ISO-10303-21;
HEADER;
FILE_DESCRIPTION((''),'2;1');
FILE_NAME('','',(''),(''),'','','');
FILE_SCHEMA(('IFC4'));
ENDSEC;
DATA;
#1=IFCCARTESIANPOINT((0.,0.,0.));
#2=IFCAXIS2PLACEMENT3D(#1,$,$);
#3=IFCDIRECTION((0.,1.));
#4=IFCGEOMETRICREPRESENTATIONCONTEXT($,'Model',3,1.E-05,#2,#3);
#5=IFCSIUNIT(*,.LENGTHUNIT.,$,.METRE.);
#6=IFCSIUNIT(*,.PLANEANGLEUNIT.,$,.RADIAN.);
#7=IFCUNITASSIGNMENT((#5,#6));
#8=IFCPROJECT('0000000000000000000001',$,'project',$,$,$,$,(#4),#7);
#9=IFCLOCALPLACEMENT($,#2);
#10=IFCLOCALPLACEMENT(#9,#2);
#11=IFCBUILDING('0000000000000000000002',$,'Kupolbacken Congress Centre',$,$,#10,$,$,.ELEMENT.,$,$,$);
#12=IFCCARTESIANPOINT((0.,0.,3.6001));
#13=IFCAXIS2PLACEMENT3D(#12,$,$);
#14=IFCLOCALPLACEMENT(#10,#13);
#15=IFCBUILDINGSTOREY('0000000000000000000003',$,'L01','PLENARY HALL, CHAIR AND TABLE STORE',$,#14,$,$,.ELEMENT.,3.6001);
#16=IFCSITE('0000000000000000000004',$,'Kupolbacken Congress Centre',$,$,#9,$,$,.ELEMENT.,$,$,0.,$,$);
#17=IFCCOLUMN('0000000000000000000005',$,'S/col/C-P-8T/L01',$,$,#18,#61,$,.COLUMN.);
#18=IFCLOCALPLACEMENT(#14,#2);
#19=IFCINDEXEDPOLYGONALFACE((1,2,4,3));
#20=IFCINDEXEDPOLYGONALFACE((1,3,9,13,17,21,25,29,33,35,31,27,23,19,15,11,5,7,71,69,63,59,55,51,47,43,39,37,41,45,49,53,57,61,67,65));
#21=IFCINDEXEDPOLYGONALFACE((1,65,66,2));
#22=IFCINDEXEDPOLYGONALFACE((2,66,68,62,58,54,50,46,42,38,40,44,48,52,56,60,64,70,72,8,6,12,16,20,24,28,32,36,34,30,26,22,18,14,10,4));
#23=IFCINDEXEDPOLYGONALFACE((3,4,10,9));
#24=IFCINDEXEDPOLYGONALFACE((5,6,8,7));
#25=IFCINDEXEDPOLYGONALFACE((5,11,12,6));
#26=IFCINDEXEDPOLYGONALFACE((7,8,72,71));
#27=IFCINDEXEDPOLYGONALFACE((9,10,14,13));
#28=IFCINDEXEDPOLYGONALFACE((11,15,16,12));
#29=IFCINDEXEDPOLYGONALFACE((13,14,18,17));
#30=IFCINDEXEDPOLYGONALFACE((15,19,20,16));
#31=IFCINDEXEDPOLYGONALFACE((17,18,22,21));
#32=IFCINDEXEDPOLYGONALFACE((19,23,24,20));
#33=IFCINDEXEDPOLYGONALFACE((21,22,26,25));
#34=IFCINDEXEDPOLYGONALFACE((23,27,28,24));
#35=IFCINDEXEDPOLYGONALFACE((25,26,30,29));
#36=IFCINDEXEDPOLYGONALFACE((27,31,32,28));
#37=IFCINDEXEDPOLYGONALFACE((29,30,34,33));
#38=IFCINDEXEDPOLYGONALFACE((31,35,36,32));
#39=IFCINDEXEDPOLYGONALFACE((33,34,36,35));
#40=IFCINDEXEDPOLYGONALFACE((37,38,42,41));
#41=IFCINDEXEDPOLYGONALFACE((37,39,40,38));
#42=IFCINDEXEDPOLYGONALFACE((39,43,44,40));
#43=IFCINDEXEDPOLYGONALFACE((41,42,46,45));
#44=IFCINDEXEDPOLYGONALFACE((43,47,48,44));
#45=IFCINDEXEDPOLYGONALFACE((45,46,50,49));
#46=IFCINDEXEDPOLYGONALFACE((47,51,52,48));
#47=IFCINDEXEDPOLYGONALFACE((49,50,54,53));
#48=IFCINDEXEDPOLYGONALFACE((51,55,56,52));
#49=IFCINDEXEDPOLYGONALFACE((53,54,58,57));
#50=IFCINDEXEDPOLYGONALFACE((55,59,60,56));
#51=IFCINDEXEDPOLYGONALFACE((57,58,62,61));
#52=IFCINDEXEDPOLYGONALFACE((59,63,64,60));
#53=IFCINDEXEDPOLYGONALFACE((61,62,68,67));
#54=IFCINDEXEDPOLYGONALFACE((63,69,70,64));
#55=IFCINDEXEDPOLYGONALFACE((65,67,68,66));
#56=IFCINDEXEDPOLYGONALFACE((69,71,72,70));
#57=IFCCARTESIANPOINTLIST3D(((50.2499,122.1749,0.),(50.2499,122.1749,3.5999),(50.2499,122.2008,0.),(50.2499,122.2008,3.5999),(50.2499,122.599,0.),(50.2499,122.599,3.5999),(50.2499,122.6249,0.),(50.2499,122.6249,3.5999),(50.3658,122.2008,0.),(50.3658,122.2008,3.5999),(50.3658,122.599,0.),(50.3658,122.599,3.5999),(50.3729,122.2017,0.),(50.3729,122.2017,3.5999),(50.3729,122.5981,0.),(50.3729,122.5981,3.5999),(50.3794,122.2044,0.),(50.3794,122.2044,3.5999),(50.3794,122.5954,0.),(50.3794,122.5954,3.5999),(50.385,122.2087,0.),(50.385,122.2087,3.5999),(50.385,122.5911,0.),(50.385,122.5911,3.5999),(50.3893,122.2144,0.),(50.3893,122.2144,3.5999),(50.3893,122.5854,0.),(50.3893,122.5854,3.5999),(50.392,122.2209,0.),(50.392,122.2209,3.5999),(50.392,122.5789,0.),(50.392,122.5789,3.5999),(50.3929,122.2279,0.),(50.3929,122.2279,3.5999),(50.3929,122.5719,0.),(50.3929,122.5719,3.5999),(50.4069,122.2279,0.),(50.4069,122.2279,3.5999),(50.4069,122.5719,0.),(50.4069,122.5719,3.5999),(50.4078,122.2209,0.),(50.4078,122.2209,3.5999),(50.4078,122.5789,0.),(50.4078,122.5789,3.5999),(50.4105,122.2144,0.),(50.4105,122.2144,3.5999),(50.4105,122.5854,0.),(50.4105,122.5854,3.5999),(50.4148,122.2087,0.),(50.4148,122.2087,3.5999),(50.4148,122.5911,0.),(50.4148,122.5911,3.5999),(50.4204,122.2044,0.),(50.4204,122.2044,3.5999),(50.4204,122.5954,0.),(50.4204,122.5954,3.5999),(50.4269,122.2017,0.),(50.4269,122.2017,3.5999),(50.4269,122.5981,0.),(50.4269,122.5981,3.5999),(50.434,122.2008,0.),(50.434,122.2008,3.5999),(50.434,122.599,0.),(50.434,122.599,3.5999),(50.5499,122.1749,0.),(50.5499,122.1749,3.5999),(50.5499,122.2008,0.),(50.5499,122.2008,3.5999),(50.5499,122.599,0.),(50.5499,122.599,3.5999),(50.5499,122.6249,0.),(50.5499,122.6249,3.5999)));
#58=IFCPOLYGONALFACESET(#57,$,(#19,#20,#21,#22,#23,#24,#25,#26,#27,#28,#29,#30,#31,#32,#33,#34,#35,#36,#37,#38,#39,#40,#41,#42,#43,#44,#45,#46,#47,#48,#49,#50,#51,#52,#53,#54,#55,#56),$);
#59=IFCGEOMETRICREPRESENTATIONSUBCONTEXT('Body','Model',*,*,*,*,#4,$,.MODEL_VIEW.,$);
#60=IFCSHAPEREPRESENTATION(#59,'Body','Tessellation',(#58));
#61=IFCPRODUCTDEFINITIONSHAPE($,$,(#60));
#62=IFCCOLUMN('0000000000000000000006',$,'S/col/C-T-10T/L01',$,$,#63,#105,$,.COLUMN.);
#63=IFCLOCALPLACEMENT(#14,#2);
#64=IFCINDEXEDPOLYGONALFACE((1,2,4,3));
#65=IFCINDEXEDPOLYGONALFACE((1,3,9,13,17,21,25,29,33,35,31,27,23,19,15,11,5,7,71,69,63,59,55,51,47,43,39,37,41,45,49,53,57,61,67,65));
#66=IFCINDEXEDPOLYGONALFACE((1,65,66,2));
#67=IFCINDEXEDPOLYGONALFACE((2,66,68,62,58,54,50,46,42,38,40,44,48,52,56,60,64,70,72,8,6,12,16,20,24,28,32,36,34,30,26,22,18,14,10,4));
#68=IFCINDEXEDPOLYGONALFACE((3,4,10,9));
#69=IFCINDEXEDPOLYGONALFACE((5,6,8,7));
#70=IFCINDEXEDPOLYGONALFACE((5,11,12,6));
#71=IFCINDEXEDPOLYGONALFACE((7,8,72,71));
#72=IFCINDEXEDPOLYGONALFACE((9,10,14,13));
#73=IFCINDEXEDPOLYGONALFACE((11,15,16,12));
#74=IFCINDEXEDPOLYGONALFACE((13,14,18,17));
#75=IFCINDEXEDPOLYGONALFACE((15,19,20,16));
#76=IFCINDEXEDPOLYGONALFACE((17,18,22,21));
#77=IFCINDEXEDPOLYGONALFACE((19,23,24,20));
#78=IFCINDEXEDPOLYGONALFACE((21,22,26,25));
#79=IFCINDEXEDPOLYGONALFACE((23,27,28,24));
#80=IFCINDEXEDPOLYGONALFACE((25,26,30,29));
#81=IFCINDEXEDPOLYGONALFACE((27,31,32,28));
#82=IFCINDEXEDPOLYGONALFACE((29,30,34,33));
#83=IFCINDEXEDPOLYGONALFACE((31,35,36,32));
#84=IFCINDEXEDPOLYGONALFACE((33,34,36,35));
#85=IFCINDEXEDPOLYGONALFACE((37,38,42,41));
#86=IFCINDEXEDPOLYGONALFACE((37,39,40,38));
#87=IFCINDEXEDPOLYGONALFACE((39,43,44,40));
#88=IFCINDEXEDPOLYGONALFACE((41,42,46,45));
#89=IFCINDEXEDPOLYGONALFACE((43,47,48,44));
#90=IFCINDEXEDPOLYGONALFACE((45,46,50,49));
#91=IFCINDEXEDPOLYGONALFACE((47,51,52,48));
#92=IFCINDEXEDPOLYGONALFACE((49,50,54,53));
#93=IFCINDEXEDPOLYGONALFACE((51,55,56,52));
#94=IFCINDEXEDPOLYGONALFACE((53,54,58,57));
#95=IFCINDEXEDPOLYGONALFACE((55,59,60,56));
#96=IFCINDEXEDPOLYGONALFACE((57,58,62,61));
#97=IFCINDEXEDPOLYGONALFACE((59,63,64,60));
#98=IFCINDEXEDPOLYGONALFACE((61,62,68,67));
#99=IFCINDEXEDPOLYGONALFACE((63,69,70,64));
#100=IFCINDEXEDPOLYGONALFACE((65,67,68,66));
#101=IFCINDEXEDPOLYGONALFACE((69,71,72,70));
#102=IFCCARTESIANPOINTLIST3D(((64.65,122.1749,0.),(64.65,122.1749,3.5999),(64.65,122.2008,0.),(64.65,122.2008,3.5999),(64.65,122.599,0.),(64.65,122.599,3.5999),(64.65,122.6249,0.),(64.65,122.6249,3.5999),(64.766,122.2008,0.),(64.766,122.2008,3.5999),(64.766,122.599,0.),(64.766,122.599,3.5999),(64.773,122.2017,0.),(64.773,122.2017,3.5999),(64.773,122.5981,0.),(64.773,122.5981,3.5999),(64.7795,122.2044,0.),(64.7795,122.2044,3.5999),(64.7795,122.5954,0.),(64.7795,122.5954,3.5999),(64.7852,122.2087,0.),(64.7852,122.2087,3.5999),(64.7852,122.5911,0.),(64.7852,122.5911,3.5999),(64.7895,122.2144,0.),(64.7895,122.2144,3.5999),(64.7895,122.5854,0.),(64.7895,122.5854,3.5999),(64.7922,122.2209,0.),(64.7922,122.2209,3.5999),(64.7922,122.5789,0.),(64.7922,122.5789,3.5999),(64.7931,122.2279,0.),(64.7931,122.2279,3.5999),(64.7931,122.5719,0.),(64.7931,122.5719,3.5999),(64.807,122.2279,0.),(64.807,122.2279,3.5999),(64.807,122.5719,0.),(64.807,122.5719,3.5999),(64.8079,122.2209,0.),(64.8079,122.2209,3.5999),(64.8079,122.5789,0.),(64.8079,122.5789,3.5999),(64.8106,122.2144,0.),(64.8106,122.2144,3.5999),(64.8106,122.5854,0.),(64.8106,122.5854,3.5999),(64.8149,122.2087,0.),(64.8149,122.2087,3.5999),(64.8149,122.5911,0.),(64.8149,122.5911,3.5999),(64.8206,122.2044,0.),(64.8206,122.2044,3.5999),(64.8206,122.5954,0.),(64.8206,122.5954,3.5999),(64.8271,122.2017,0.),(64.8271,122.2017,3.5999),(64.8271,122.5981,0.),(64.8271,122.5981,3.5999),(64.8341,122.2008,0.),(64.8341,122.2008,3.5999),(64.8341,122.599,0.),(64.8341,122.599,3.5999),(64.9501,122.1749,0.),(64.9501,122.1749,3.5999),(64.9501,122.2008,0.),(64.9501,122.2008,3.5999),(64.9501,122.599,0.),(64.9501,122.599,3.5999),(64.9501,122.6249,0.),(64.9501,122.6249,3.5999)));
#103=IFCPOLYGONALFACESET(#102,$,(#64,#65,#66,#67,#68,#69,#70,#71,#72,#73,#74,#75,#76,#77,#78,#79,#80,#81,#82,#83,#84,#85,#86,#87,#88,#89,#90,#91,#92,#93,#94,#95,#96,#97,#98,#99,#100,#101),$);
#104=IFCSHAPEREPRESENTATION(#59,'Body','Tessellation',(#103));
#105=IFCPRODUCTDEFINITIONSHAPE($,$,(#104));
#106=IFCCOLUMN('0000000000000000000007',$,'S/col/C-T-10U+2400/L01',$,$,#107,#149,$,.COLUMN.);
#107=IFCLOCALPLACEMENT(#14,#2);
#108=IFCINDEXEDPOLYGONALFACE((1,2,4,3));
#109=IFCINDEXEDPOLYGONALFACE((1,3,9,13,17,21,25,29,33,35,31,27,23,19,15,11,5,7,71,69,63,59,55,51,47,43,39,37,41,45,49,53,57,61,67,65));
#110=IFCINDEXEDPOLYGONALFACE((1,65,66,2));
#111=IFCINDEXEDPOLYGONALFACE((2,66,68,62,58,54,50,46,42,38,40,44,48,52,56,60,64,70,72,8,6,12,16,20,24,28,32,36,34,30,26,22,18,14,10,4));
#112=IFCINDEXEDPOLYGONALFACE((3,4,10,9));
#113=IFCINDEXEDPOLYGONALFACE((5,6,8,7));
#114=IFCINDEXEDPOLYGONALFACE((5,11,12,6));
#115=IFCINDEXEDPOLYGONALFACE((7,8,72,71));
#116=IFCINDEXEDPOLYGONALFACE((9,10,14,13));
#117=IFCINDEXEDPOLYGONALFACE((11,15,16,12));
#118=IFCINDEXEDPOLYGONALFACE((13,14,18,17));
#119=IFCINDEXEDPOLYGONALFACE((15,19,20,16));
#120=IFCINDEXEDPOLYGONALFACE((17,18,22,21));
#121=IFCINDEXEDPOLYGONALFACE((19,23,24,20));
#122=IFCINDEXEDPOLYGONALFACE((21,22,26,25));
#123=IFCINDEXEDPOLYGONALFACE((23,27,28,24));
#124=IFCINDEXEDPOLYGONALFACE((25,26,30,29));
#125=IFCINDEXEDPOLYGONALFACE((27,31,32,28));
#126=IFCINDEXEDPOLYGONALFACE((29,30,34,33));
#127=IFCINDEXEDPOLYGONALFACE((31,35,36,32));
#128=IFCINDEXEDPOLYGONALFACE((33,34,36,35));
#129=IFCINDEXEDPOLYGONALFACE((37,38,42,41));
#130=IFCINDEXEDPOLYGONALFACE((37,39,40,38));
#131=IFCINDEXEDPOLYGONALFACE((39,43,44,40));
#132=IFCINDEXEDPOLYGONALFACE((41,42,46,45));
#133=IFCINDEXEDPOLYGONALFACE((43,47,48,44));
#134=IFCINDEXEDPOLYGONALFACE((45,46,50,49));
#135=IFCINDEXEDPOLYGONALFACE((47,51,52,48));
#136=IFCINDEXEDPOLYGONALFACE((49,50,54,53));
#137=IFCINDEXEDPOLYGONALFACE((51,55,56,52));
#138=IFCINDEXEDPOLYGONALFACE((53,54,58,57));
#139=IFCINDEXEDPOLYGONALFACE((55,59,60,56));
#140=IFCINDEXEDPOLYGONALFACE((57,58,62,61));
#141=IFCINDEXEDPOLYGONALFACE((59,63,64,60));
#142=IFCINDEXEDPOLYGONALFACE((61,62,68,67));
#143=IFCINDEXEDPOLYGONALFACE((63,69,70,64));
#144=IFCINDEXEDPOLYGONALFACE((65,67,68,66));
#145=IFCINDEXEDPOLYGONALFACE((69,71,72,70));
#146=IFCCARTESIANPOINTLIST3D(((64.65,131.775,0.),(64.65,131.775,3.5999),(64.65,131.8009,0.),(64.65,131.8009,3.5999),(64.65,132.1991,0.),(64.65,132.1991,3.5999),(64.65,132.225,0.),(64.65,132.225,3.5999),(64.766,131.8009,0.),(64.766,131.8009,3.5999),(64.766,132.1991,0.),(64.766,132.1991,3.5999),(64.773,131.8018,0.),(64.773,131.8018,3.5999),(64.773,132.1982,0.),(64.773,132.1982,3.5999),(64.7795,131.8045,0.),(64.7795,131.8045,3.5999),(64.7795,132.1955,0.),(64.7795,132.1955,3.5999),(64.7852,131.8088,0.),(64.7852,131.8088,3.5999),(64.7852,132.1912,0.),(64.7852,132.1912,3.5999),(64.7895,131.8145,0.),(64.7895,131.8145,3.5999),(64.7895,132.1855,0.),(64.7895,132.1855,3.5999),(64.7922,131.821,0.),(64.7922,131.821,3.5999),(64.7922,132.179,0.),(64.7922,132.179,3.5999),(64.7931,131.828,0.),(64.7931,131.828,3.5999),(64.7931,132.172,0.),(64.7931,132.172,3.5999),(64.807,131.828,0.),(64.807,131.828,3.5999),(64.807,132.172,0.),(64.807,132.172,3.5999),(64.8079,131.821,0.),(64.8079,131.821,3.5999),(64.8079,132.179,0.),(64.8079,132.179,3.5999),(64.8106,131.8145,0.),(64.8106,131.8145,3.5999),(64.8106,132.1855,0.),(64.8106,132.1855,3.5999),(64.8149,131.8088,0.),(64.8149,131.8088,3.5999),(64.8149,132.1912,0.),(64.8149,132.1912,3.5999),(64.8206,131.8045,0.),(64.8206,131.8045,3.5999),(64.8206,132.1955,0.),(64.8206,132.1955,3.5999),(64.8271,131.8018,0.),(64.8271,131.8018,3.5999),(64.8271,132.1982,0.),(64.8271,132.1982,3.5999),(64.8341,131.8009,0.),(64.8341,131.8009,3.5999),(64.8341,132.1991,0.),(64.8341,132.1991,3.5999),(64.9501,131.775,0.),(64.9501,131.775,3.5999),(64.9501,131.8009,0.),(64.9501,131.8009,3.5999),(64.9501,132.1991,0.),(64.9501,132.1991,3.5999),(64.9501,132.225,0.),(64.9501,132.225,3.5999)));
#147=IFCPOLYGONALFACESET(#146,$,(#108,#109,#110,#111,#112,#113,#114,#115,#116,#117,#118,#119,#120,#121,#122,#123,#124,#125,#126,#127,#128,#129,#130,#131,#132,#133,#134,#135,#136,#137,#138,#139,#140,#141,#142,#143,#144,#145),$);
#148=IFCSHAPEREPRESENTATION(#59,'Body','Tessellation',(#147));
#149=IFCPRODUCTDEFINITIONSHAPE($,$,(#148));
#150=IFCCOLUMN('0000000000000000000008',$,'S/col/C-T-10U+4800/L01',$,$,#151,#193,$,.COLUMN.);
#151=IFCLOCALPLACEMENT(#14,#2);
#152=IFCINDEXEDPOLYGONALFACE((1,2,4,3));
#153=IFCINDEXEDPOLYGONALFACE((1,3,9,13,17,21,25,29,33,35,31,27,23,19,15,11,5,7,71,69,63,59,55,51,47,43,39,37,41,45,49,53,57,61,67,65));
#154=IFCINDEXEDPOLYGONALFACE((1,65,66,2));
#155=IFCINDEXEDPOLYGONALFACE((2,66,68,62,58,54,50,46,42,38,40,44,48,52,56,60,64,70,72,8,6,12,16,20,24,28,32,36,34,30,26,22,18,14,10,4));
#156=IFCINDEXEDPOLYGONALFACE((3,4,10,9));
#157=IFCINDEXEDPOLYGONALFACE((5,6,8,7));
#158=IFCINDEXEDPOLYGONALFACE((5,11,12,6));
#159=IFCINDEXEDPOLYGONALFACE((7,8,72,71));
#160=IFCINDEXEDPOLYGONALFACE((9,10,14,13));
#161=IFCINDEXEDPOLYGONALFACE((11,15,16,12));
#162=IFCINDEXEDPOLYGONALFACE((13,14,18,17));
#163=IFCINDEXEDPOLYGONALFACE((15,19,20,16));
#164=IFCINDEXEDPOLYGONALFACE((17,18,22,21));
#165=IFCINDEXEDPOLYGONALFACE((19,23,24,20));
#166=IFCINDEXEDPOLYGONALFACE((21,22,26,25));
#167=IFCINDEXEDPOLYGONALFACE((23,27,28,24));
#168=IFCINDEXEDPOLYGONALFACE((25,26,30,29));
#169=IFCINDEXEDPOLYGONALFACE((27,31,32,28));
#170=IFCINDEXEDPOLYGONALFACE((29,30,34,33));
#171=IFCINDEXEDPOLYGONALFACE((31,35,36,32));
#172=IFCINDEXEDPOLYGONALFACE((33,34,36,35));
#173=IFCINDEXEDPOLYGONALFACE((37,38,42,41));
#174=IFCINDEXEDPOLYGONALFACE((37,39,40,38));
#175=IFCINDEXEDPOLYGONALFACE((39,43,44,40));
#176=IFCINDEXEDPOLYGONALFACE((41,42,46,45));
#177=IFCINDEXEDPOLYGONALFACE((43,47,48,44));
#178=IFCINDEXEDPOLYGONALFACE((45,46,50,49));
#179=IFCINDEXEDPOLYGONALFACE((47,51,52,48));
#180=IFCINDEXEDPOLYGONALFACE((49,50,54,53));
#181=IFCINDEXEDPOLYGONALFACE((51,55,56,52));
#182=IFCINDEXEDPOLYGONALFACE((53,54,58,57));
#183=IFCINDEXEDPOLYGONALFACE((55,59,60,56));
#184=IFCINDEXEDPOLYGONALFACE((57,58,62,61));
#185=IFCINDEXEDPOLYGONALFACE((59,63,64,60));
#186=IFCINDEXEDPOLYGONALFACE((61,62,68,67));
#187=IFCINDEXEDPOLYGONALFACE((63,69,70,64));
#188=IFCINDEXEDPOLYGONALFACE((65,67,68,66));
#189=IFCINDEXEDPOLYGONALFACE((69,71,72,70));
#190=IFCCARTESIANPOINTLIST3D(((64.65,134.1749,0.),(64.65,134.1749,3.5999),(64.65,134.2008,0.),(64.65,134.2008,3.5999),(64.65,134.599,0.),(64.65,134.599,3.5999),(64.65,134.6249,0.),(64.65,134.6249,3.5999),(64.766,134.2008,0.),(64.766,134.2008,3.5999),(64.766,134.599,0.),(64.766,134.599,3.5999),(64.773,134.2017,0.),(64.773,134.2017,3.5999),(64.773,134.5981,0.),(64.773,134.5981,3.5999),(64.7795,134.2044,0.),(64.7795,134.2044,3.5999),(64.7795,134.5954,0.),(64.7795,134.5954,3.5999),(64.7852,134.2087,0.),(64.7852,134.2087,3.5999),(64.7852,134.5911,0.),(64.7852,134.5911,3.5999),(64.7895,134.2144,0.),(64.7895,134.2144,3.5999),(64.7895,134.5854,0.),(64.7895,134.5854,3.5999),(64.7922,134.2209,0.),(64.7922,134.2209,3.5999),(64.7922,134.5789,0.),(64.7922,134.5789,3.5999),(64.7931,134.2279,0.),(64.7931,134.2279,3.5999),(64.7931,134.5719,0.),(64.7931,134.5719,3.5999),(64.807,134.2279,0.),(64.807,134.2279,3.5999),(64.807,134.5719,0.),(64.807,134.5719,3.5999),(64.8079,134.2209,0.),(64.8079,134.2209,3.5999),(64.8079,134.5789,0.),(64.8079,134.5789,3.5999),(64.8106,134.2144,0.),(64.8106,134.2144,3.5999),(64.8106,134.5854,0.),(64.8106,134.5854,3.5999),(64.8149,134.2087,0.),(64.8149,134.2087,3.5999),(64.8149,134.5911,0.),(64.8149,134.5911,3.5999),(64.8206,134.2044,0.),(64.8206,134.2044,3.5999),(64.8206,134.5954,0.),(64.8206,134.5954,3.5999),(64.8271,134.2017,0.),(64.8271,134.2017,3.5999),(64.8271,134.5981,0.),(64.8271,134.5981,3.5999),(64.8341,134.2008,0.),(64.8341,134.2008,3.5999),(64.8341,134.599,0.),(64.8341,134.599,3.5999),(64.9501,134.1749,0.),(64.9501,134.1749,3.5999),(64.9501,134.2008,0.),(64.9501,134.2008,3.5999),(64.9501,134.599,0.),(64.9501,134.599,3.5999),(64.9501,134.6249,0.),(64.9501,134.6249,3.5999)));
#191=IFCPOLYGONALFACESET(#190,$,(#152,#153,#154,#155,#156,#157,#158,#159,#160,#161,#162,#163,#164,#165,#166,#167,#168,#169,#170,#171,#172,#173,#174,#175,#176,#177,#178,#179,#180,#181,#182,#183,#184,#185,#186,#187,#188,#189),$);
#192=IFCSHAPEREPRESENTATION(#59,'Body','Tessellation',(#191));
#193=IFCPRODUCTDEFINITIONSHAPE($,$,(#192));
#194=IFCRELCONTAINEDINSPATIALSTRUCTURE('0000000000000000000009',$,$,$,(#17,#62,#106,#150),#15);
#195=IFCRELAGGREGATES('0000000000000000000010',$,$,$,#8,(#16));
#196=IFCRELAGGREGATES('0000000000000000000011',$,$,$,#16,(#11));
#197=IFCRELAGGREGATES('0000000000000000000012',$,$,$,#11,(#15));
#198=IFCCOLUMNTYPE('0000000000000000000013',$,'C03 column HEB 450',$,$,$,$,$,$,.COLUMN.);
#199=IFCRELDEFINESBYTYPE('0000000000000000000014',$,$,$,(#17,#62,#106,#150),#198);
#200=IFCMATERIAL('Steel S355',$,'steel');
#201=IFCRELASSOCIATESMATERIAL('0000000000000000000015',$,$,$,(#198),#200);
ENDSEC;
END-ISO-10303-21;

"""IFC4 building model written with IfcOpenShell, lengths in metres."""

from ifc_helpers import new_model, si_unit, direction, frame, origin, origin_2d, place, context, subcontext, project, spatial, i_section, extrude, material, material_profile, profile_set, type_object, element, save


model = new_model("IFC4")

# Units and contexts
model_context = context("Model", 3, precision=1e-05, world=origin(), true_north=direction((0.0, 1.0)))
body_context = subcontext(model_context, "Body", "Model", "MODEL_VIEW")
ifc_project = project(units=[si_unit("LENGTHUNIT", "METRE"), si_unit("PLANEANGLEUNIT", "RADIAN")], contexts=[model_context])

# Site, building, storey
site_placement = place(None, origin())
site = spatial("IfcSite", under=ifc_project, at=site_placement, Name="Kupolbacken Congress Centre", CompositionType="ELEMENT", RefElevation=0.0)
building_placement = place(site_placement, origin())
building = spatial("IfcBuilding", under=site, at=building_placement, Name="Kupolbacken Congress Centre", CompositionType="ELEMENT")
storey_placement = place(building_placement, frame((0.0, 0.0, 3.6001)))
storey = spatial("IfcBuildingStorey", under=building, at=storey_placement, Name="L01", Description="PLENARY HALL, CHAIR AND TABLE STORE", CompositionType="ELEMENT", Elevation=3.6001)

# Columns
ifc_material_1 = material(Name="Steel S355", Category="steel")
ifc_material_profile_1 = material_profile(ifc_material_1, i_section(OverallWidth=0.3, OverallDepth=0.45, WebThickness=0.0139, FlangeThickness=0.0259, FilletRadius=0.0271, at=origin_2d()), Name="HEB 450")
ifc_profile_set_1 = profile_set([ifc_material_profile_1], Name="Steel S355")
column_type_1 = type_object("IfcColumnType", Name="C03 column HEB 450", PredefinedType="COLUMN", material=ifc_profile_set_1)
for number, where, z_axis, x_axis, name in (
    (1, (50.3999, 122.3999, 0.0), (0.0, 0.0, 1.0), (1.0, 0.0, 0.0), "S/col/C-P-8T/L01"),
    (2, (64.8, 122.3999, 0.0), (0.0, 0.0, 1.0), (1.0, 0.0, 0.0), "S/col/C-T-10T/L01"),
    (3, (64.8, 132.0, 0.0), (0.0, 0.0, 1.0), (1.0, 0.0, 0.0), "S/col/C-T-10U+2400/L01"),
    (4, (64.8, 134.3999, 0.0), (0.0, 0.0, 1.0), (1.0, 0.0, 0.0), "S/col/C-T-10U+4800/L01"),
):
    element("IfcColumn", number, at=place(storey_placement, frame(where, z_axis=z_axis, x_axis=x_axis)), inside=storey, type_object=column_type_1, Name=name, PredefinedType="COLUMN", context=body_context, shape_type="SweptSolid", body=[
        extrude(i_section(OverallWidth=0.3, OverallDepth=0.45, WebThickness=0.0139, FlangeThickness=0.0259, FilletRadius=0.0271, at=origin_2d()), origin(), (0.0, 0.0, 1.0), 3.5999),
    ])

save(model, "model.ifc")
